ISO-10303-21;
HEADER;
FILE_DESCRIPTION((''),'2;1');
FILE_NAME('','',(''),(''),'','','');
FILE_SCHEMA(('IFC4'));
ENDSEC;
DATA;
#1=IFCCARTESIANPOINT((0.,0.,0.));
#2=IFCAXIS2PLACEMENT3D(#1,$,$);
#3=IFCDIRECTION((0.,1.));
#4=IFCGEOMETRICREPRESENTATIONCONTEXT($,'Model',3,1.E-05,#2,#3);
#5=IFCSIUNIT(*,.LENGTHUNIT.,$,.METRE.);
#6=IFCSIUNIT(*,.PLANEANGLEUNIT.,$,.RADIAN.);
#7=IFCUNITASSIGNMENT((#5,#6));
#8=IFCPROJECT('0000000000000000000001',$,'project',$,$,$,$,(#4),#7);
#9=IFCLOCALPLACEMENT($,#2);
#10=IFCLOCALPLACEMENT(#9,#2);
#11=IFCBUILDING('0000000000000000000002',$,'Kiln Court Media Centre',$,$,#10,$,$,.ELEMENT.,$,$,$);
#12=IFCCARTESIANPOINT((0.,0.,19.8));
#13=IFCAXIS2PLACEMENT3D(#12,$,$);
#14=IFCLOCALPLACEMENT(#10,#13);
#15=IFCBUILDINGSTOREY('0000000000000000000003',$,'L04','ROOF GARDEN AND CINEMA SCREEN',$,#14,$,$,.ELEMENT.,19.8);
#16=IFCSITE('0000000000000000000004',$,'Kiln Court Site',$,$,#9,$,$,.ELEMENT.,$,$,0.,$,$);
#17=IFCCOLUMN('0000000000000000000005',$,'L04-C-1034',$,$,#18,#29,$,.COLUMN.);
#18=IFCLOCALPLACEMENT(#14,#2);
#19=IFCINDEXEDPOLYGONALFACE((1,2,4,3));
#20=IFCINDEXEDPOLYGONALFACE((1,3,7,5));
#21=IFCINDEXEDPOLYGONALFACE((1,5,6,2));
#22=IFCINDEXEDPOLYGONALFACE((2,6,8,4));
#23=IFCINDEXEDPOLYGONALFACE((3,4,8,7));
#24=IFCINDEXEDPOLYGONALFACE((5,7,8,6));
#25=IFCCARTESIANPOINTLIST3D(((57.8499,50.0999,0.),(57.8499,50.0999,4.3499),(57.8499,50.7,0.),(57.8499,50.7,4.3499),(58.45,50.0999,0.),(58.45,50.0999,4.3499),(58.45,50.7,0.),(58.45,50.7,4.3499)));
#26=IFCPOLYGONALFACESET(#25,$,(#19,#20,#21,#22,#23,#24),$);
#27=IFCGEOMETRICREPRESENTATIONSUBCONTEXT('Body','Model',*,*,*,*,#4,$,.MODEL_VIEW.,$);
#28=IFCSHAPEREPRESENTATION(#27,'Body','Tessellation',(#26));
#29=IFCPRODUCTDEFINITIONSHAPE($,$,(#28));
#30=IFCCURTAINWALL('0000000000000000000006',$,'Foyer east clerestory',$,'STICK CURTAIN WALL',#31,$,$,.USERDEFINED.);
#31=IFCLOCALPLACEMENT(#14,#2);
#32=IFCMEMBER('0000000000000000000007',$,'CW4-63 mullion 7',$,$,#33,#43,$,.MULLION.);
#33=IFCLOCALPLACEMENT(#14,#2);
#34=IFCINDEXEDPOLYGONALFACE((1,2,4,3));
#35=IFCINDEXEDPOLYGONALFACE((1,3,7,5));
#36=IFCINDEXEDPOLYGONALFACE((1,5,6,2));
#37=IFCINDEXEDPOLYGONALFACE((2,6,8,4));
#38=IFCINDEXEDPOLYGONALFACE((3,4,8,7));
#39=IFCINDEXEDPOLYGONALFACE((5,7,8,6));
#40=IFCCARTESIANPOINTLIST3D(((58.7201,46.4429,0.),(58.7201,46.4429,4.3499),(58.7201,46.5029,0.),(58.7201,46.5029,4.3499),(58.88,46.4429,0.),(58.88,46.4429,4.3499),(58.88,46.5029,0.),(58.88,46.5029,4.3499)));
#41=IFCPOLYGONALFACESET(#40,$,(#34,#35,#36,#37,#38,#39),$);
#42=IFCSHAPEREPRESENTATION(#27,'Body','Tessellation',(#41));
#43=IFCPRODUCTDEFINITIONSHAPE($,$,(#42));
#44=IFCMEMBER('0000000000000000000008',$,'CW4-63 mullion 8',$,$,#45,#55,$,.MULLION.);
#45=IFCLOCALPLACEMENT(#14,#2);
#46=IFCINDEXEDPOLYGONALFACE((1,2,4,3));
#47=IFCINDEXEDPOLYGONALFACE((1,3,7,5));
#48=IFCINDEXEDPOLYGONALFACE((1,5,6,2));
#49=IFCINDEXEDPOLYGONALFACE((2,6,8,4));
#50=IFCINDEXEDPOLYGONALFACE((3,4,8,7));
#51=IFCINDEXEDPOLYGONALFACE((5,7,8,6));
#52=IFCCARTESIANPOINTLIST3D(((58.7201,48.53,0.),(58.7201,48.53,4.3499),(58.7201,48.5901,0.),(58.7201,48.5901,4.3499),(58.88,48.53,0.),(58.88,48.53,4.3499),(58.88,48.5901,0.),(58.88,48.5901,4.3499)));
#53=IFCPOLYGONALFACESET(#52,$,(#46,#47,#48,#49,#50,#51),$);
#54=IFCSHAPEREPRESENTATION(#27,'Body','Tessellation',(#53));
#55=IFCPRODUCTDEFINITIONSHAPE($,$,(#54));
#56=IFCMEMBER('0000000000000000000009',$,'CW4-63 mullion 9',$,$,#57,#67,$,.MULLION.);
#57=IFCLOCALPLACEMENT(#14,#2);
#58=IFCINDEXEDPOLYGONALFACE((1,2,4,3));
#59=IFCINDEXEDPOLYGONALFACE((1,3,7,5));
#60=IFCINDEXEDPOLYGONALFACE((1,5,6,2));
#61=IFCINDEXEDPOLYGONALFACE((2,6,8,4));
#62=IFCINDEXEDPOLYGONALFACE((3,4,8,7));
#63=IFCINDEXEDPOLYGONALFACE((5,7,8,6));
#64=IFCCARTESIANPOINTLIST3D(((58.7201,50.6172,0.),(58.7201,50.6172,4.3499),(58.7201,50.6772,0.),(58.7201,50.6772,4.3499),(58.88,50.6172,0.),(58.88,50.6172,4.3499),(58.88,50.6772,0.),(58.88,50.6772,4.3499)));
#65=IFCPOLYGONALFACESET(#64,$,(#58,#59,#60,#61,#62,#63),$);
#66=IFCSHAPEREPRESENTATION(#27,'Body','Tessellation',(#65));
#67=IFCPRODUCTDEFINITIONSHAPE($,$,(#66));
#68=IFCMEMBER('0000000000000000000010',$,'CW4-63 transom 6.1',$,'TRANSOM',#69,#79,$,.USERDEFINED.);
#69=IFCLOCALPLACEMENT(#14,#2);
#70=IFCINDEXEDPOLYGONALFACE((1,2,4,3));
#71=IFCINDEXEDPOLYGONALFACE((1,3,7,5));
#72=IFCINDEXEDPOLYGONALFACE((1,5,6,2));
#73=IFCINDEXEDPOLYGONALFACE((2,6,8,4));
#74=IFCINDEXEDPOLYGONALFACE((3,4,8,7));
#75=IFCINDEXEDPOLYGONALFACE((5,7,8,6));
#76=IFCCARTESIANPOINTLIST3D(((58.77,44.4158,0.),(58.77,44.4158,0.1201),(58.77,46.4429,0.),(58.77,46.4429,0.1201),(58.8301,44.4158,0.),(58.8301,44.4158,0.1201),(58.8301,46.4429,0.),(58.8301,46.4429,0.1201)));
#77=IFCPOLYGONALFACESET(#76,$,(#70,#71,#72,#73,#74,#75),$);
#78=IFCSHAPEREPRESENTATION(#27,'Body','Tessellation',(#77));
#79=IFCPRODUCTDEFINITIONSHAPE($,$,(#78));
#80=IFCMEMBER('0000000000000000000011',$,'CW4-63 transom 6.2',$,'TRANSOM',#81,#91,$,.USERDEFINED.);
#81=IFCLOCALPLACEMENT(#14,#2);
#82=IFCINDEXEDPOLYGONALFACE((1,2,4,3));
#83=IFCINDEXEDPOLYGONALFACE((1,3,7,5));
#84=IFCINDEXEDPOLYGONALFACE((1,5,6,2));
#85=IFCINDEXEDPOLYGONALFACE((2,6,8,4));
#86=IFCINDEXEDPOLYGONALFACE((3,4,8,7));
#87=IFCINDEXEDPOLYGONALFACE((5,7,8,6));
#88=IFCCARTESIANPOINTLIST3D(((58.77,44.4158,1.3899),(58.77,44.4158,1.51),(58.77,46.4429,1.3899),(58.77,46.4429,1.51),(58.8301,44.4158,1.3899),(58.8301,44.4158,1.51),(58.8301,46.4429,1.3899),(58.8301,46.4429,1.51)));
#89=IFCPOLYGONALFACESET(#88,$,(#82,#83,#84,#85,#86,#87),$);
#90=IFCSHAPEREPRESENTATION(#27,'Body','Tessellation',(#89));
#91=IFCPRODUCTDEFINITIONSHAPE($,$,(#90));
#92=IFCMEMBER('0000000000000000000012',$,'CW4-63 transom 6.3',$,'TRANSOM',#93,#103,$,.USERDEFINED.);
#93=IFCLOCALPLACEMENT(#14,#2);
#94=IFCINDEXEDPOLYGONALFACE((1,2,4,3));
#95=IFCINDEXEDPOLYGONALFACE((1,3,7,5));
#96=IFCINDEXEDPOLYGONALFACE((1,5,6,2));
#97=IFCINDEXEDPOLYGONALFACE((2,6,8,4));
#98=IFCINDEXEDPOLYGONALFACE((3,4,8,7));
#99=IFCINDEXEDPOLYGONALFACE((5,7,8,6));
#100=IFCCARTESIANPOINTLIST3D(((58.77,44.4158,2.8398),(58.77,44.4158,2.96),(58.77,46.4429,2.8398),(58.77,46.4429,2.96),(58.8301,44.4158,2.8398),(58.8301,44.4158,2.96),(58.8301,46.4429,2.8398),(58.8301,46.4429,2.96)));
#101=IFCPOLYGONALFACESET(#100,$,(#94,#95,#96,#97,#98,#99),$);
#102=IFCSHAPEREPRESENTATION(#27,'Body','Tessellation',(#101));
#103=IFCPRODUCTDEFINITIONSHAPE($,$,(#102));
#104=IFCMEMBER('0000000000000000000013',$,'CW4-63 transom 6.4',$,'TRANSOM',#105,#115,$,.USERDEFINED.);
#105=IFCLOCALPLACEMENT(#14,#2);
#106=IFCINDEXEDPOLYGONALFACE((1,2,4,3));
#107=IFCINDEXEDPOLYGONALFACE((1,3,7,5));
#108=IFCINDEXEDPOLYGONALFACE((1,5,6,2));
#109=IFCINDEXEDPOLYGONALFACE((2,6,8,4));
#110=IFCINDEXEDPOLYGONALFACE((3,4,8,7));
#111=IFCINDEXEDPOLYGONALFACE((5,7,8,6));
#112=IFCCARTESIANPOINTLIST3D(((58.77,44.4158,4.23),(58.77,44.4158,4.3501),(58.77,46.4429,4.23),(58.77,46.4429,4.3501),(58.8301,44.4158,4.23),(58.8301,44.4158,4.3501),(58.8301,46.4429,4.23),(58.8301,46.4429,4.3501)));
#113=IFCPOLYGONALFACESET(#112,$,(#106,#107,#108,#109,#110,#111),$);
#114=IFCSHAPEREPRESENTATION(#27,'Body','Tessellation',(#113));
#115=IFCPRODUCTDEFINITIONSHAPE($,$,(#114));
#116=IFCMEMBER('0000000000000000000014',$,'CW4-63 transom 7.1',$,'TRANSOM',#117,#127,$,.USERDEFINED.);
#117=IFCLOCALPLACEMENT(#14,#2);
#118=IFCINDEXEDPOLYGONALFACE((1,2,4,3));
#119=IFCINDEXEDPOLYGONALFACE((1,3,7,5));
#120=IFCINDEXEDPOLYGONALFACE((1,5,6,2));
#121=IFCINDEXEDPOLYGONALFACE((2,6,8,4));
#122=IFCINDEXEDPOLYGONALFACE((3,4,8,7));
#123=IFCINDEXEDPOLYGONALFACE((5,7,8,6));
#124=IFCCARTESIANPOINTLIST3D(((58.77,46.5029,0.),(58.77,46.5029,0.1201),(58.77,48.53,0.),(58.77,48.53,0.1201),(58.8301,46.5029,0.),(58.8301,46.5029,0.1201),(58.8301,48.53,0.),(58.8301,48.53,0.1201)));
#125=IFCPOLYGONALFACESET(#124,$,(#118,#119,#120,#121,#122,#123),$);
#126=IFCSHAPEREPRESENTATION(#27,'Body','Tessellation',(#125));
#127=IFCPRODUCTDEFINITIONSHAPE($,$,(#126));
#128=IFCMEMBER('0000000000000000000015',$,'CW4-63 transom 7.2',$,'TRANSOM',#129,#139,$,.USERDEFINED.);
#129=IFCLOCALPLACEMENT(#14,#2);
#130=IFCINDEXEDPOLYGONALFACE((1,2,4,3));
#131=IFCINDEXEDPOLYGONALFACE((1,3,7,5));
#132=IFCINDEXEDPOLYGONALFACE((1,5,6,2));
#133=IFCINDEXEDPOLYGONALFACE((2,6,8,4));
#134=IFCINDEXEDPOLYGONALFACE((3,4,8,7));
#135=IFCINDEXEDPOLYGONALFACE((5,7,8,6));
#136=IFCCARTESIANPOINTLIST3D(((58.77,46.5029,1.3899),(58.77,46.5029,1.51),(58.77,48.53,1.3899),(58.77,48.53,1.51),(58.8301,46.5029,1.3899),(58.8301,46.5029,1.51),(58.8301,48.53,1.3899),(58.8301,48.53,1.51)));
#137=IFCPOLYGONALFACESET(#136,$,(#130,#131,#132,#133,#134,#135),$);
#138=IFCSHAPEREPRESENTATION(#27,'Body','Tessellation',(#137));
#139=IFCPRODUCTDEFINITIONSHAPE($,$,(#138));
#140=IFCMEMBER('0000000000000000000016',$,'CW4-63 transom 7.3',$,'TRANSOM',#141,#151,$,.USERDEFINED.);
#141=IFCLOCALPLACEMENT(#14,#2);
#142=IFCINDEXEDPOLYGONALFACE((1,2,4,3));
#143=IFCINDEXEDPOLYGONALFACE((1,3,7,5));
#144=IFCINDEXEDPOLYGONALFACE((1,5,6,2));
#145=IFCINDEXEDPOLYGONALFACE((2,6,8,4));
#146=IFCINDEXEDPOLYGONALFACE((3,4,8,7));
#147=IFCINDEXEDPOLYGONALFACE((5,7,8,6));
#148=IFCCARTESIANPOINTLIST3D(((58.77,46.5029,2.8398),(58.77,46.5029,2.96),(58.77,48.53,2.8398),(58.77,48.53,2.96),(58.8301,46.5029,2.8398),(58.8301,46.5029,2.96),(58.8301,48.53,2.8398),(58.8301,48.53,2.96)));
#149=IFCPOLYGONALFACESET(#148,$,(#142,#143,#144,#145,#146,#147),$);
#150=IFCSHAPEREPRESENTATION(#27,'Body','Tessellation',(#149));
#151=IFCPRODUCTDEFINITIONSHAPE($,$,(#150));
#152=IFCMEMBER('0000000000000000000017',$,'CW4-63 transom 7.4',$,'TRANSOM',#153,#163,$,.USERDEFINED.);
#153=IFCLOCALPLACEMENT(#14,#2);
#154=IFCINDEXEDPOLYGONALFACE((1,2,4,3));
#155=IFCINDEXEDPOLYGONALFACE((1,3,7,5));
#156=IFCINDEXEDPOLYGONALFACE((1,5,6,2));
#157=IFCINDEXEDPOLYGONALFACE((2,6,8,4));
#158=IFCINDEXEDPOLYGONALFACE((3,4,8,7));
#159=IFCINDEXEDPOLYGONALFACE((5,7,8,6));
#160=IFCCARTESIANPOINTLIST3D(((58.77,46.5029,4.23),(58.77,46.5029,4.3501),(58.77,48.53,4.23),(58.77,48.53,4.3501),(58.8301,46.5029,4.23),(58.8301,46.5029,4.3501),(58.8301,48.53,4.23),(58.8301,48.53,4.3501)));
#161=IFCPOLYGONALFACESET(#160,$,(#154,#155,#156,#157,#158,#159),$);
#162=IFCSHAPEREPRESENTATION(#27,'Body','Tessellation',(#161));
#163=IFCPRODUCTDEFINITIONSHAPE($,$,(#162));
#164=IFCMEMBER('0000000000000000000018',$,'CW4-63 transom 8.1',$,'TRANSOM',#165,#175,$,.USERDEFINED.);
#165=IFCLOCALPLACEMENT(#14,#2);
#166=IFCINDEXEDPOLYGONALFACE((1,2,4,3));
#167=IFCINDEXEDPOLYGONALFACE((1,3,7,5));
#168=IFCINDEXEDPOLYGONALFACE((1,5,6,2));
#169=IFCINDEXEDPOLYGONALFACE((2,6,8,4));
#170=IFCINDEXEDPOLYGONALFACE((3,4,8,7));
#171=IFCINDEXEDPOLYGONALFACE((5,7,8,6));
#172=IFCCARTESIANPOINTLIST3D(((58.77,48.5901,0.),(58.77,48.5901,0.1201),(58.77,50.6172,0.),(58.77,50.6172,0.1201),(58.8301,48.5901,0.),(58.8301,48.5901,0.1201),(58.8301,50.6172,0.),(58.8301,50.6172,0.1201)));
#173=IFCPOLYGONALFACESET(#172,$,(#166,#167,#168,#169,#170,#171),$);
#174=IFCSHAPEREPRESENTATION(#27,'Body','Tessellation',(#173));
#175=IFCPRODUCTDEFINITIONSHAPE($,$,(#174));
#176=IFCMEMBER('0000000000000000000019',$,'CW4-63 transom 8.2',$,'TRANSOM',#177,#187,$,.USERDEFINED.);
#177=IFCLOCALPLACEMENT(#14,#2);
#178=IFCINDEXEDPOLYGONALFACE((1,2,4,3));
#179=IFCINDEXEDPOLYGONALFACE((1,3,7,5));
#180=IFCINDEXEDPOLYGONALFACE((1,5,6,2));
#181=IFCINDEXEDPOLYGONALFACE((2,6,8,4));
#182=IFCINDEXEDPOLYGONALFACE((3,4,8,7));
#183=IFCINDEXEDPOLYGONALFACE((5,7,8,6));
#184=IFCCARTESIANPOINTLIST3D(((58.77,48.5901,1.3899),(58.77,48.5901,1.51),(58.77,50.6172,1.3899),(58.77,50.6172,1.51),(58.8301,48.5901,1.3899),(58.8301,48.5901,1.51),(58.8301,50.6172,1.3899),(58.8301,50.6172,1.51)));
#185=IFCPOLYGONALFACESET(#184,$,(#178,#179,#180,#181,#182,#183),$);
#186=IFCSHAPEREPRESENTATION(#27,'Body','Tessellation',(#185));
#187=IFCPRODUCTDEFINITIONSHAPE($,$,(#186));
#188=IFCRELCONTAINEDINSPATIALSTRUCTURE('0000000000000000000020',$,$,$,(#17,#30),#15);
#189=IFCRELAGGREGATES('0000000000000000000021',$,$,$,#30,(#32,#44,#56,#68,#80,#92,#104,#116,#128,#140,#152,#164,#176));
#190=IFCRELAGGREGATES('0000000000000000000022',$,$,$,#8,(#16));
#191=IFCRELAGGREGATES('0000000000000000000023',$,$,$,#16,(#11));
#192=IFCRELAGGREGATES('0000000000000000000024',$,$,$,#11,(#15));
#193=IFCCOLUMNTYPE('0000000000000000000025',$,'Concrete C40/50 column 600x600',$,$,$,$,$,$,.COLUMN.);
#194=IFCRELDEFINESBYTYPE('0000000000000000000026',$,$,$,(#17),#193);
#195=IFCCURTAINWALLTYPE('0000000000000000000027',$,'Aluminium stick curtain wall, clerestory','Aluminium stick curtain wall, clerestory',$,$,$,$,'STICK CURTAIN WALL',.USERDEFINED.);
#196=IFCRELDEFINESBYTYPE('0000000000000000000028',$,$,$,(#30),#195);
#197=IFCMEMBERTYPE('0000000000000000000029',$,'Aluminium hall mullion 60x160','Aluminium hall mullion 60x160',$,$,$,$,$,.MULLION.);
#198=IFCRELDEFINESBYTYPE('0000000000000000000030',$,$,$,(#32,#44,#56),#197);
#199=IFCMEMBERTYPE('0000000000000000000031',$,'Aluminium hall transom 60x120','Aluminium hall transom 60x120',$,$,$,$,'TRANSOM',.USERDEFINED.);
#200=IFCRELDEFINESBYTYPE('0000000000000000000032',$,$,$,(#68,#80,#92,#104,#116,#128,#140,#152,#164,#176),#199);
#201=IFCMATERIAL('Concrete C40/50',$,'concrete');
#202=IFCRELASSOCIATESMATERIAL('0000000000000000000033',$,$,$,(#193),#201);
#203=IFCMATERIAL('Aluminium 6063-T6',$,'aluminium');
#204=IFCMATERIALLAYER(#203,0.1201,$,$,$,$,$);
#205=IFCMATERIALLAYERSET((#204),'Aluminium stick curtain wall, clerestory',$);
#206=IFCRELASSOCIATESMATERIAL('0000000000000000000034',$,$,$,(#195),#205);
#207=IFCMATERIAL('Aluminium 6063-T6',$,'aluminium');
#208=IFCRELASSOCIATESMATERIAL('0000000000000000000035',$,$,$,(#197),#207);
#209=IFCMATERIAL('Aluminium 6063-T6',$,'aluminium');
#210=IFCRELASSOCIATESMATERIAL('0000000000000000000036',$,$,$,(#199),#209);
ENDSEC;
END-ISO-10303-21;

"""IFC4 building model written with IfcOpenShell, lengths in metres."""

from ifc_helpers import new_model, si_unit, direction, frame, origin, origin_2d, place, context, subcontext, project, spatial, rectangle, extrude, material, layer, layer_set, material_profile, profile_set, type_object, element, aggregate, save


model = new_model("IFC4")

# Units and contexts
model_context = context("Model", 3, precision=1e-05, world=origin(), true_north=direction((0.0, 1.0)))
body_context = subcontext(model_context, "Body", "Model", "MODEL_VIEW")
ifc_project = project(units=[si_unit("LENGTHUNIT", "METRE"), si_unit("PLANEANGLEUNIT", "RADIAN")], contexts=[model_context])

# Site, building, storey
site_placement = place(None, origin())
site = spatial("IfcSite", under=ifc_project, at=site_placement, Name="Kiln Court Site", CompositionType="ELEMENT", RefElevation=0.0)
building_placement = place(site_placement, origin())
building = spatial("IfcBuilding", under=site, at=building_placement, Name="Kiln Court Media Centre", CompositionType="ELEMENT")
storey_placement = place(building_placement, frame((0.0, 0.0, 19.8)))
storey = spatial("IfcBuildingStorey", under=building, at=storey_placement, Name="L04", Description="ROOF GARDEN AND CINEMA SCREEN", CompositionType="ELEMENT", Elevation=19.8)

# Column
ifc_material_1 = material(Name="Concrete C40/50", Category="concrete")
ifc_material_profile_1 = material_profile(ifc_material_1, rectangle(XDim=0.6001, YDim=0.6001, at=origin_2d()), Name="RC 600x600")
ifc_profile_set_1 = profile_set([ifc_material_profile_1], Name="Concrete C40/50")
column_type = type_object("IfcColumnType", Name="Concrete C40/50 column 600x600", PredefinedType="COLUMN", material=ifc_profile_set_1)
column_placement = place(storey_placement, frame((58.1499, 50.3999, 0.0), z_axis=(0.0, 0.0, 1.0), x_axis=(1.0, 0.0, 0.0)))
element("IfcColumn", 1, at=column_placement, inside=storey, type_object=column_type, Name="L04-C-1034", PredefinedType="COLUMN", context=body_context, shape_type="SweptSolid", body=[
    extrude(rectangle(XDim=0.6001, YDim=0.6001, at=origin_2d()), origin(), (0.0, 0.0, 1.0), 4.3499),
])

# Curtain wall, members
ifc_material_2 = material(Name="Aluminium 6063-T6", Category="aluminium")
ifc_layer_1 = layer(ifc_material_2, 0.1201)
ifc_layer_set_1 = layer_set([ifc_layer_1], Name="Aluminium stick curtain wall, clerestory")
curtain_wall_type = type_object("IfcCurtainWallType", Name="Aluminium stick curtain wall, clerestory", Description="Aluminium stick curtain wall, clerestory", ElementType="STICK CURTAIN WALL", PredefinedType="USERDEFINED", material=ifc_layer_set_1)
curtain_wall_placement = place(storey_placement, origin())
curtain_wall = element("IfcCurtainWall", 2, at=curtain_wall_placement, inside=storey, type_object=curtain_wall_type, Name="Foyer east clerestory", ObjectType="STICK CURTAIN WALL", PredefinedType="USERDEFINED")
ifc_material_3 = material(Name="Aluminium 6063-T6", Category="aluminium")
ifc_material_profile_2 = material_profile(ifc_material_3, rectangle(XDim=0.0601, YDim=0.1599, at=origin_2d()), Name="Aluminium hall mullion 60x160")
ifc_profile_set_2 = profile_set([ifc_material_profile_2], Name="Aluminium 6063-T6")
member_type_1 = type_object("IfcMemberType", Name="Aluminium hall mullion 60x160", Description="Aluminium hall mullion 60x160", PredefinedType="MULLION", material=ifc_profile_set_2)
member_1_placement = place(storey_placement, frame((58.8, 46.4729, 0.0), z_axis=(0.0, 0.0, 1.0), x_axis=(0.0, 1.0, 0.0)))
member_1 = element("IfcMember", 3, at=member_1_placement, type_object=member_type_1, Name="CW4-63 mullion 7", PredefinedType="MULLION", context=body_context, shape_type="SweptSolid", body=[
    extrude(rectangle(XDim=0.0601, YDim=0.1599, at=origin_2d()), origin(), (0.0, 0.0, 1.0), 4.3499),
])
member_2_placement = place(storey_placement, frame((58.8, 48.5601, 0.0), z_axis=(0.0, 0.0, 1.0), x_axis=(0.0, 1.0, 0.0)))
member_2 = element("IfcMember", 4, at=member_2_placement, type_object=member_type_1, Name="CW4-63 mullion 8", PredefinedType="MULLION", context=body_context, shape_type="SweptSolid", body=[
    extrude(rectangle(XDim=0.0601, YDim=0.1599, at=origin_2d()), origin(), (0.0, 0.0, 1.0), 4.3499),
])
member_3_placement = place(storey_placement, frame((58.8, 50.6472, 0.0), z_axis=(0.0, 0.0, 1.0), x_axis=(0.0, 1.0, 0.0)))
member_3 = element("IfcMember", 5, at=member_3_placement, type_object=member_type_1, Name="CW4-63 mullion 9", PredefinedType="MULLION", context=body_context, shape_type="SweptSolid", body=[
    extrude(rectangle(XDim=0.0601, YDim=0.1599, at=origin_2d()), origin(), (0.0, 0.0, 1.0), 4.3499),
])
ifc_material_4 = material(Name="Aluminium 6063-T6", Category="aluminium")
ifc_material_profile_3 = material_profile(ifc_material_4, rectangle(XDim=0.0601, YDim=0.1201, at=origin_2d()), Name="Aluminium hall transom 60x120")
ifc_profile_set_3 = profile_set([ifc_material_profile_3], Name="Aluminium 6063-T6")
member_type_2 = type_object("IfcMemberType", Name="Aluminium hall transom 60x120", Description="Aluminium hall transom 60x120", ElementType="TRANSOM", PredefinedType="USERDEFINED", material=ifc_profile_set_3)
member_4_placement = place(storey_placement, frame((58.8, 44.4158, 0.0601), z_axis=(0.0, 1.0, 0.0), x_axis=(-1.0, 0.0, 0.0)))
member_4 = element("IfcMember", 6, at=member_4_placement, type_object=member_type_2, Name="CW4-63 transom 6.1", ObjectType="TRANSOM", PredefinedType="USERDEFINED", context=body_context, shape_type="SweptSolid", body=[
    extrude(rectangle(XDim=0.0601, YDim=0.1201, at=origin_2d()), origin(), (0.0, 0.0, 1.0), 2.0271),
])
member_5_placement = place(storey_placement, frame((58.8, 44.4158, 1.45), z_axis=(0.0, 1.0, 0.0), x_axis=(-1.0, 0.0, 0.0)))
member_5 = element("IfcMember", 7, at=member_5_placement, type_object=member_type_2, Name="CW4-63 transom 6.2", ObjectType="TRANSOM", PredefinedType="USERDEFINED", context=body_context, shape_type="SweptSolid", body=[
    extrude(rectangle(XDim=0.0601, YDim=0.1201, at=origin_2d()), origin(), (0.0, 0.0, 1.0), 2.0271),
])
member_6_placement = place(storey_placement, frame((58.8, 44.4158, 2.8999), z_axis=(0.0, 1.0, 0.0), x_axis=(-1.0, 0.0, 0.0)))
member_6 = element("IfcMember", 8, at=member_6_placement, type_object=member_type_2, Name="CW4-63 transom 6.3", ObjectType="TRANSOM", PredefinedType="USERDEFINED", context=body_context, shape_type="SweptSolid", body=[
    extrude(rectangle(XDim=0.0601, YDim=0.1201, at=origin_2d()), origin(), (0.0, 0.0, 1.0), 2.0271),
])
member_7_placement = place(storey_placement, frame((58.8, 44.4158, 4.29), z_axis=(0.0, 1.0, 0.0), x_axis=(-1.0, 0.0, 0.0)))
member_7 = element("IfcMember", 9, at=member_7_placement, type_object=member_type_2, Name="CW4-63 transom 6.4", ObjectType="TRANSOM", PredefinedType="USERDEFINED", context=body_context, shape_type="SweptSolid", body=[
    extrude(rectangle(XDim=0.0601, YDim=0.1201, at=origin_2d()), origin(), (0.0, 0.0, 1.0), 2.0271),
])
member_8_placement = place(storey_placement, frame((58.8, 46.5029, 0.0601), z_axis=(0.0, 1.0, 0.0), x_axis=(-1.0, 0.0, 0.0)))
member_8 = element("IfcMember", 10, at=member_8_placement, type_object=member_type_2, Name="CW4-63 transom 7.1", ObjectType="TRANSOM", PredefinedType="USERDEFINED", context=body_context, shape_type="SweptSolid", body=[
    extrude(rectangle(XDim=0.0601, YDim=0.1201, at=origin_2d()), origin(), (0.0, 0.0, 1.0), 2.0271),
])
member_9_placement = place(storey_placement, frame((58.8, 46.5029, 1.45), z_axis=(0.0, 1.0, 0.0), x_axis=(-1.0, 0.0, 0.0)))
member_9 = element("IfcMember", 11, at=member_9_placement, type_object=member_type_2, Name="CW4-63 transom 7.2", ObjectType="TRANSOM", PredefinedType="USERDEFINED", context=body_context, shape_type="SweptSolid", body=[
    extrude(rectangle(XDim=0.0601, YDim=0.1201, at=origin_2d()), origin(), (0.0, 0.0, 1.0), 2.0271),
])
member_10_placement = place(storey_placement, frame((58.8, 46.5029, 2.8999), z_axis=(0.0, 1.0, 0.0), x_axis=(-1.0, 0.0, 0.0)))
member_10 = element("IfcMember", 12, at=member_10_placement, type_object=member_type_2, Name="CW4-63 transom 7.3", ObjectType="TRANSOM", PredefinedType="USERDEFINED", context=body_context, shape_type="SweptSolid", body=[
    extrude(rectangle(XDim=0.0601, YDim=0.1201, at=origin_2d()), origin(), (0.0, 0.0, 1.0), 2.0271),
])
member_11_placement = place(storey_placement, frame((58.8, 46.5029, 4.29), z_axis=(0.0, 1.0, 0.0), x_axis=(-1.0, 0.0, 0.0)))
member_11 = element("IfcMember", 13, at=member_11_placement, type_object=member_type_2, Name="CW4-63 transom 7.4", ObjectType="TRANSOM", PredefinedType="USERDEFINED", context=body_context, shape_type="SweptSolid", body=[
    extrude(rectangle(XDim=0.0601, YDim=0.1201, at=origin_2d()), origin(), (0.0, 0.0, 1.0), 2.0271),
])
member_12_placement = place(storey_placement, frame((58.8, 48.5901, 0.0601), z_axis=(0.0, 1.0, 0.0), x_axis=(-1.0, 0.0, 0.0)))
member_12 = element("IfcMember", 14, at=member_12_placement, type_object=member_type_2, Name="CW4-63 transom 8.1", ObjectType="TRANSOM", PredefinedType="USERDEFINED", context=body_context, shape_type="SweptSolid", body=[
    extrude(rectangle(XDim=0.0601, YDim=0.1201, at=origin_2d()), origin(), (0.0, 0.0, 1.0), 2.0271),
])
member_13_placement = place(storey_placement, frame((58.8, 48.5901, 1.45), z_axis=(0.0, 1.0, 0.0), x_axis=(-1.0, 0.0, 0.0)))
member_13 = element("IfcMember", 15, at=member_13_placement, type_object=member_type_2, Name="CW4-63 transom 8.2", ObjectType="TRANSOM", PredefinedType="USERDEFINED", context=body_context, shape_type="SweptSolid", body=[
    extrude(rectangle(XDim=0.0601, YDim=0.1201, at=origin_2d()), origin(), (0.0, 0.0, 1.0), 2.0271),
])
aggregate(curtain_wall, [member_1, member_2, member_3, member_4, member_5, member_6, member_7, member_8, member_9, member_10, member_11, member_12, member_13])

save(model, "model.ifc")
